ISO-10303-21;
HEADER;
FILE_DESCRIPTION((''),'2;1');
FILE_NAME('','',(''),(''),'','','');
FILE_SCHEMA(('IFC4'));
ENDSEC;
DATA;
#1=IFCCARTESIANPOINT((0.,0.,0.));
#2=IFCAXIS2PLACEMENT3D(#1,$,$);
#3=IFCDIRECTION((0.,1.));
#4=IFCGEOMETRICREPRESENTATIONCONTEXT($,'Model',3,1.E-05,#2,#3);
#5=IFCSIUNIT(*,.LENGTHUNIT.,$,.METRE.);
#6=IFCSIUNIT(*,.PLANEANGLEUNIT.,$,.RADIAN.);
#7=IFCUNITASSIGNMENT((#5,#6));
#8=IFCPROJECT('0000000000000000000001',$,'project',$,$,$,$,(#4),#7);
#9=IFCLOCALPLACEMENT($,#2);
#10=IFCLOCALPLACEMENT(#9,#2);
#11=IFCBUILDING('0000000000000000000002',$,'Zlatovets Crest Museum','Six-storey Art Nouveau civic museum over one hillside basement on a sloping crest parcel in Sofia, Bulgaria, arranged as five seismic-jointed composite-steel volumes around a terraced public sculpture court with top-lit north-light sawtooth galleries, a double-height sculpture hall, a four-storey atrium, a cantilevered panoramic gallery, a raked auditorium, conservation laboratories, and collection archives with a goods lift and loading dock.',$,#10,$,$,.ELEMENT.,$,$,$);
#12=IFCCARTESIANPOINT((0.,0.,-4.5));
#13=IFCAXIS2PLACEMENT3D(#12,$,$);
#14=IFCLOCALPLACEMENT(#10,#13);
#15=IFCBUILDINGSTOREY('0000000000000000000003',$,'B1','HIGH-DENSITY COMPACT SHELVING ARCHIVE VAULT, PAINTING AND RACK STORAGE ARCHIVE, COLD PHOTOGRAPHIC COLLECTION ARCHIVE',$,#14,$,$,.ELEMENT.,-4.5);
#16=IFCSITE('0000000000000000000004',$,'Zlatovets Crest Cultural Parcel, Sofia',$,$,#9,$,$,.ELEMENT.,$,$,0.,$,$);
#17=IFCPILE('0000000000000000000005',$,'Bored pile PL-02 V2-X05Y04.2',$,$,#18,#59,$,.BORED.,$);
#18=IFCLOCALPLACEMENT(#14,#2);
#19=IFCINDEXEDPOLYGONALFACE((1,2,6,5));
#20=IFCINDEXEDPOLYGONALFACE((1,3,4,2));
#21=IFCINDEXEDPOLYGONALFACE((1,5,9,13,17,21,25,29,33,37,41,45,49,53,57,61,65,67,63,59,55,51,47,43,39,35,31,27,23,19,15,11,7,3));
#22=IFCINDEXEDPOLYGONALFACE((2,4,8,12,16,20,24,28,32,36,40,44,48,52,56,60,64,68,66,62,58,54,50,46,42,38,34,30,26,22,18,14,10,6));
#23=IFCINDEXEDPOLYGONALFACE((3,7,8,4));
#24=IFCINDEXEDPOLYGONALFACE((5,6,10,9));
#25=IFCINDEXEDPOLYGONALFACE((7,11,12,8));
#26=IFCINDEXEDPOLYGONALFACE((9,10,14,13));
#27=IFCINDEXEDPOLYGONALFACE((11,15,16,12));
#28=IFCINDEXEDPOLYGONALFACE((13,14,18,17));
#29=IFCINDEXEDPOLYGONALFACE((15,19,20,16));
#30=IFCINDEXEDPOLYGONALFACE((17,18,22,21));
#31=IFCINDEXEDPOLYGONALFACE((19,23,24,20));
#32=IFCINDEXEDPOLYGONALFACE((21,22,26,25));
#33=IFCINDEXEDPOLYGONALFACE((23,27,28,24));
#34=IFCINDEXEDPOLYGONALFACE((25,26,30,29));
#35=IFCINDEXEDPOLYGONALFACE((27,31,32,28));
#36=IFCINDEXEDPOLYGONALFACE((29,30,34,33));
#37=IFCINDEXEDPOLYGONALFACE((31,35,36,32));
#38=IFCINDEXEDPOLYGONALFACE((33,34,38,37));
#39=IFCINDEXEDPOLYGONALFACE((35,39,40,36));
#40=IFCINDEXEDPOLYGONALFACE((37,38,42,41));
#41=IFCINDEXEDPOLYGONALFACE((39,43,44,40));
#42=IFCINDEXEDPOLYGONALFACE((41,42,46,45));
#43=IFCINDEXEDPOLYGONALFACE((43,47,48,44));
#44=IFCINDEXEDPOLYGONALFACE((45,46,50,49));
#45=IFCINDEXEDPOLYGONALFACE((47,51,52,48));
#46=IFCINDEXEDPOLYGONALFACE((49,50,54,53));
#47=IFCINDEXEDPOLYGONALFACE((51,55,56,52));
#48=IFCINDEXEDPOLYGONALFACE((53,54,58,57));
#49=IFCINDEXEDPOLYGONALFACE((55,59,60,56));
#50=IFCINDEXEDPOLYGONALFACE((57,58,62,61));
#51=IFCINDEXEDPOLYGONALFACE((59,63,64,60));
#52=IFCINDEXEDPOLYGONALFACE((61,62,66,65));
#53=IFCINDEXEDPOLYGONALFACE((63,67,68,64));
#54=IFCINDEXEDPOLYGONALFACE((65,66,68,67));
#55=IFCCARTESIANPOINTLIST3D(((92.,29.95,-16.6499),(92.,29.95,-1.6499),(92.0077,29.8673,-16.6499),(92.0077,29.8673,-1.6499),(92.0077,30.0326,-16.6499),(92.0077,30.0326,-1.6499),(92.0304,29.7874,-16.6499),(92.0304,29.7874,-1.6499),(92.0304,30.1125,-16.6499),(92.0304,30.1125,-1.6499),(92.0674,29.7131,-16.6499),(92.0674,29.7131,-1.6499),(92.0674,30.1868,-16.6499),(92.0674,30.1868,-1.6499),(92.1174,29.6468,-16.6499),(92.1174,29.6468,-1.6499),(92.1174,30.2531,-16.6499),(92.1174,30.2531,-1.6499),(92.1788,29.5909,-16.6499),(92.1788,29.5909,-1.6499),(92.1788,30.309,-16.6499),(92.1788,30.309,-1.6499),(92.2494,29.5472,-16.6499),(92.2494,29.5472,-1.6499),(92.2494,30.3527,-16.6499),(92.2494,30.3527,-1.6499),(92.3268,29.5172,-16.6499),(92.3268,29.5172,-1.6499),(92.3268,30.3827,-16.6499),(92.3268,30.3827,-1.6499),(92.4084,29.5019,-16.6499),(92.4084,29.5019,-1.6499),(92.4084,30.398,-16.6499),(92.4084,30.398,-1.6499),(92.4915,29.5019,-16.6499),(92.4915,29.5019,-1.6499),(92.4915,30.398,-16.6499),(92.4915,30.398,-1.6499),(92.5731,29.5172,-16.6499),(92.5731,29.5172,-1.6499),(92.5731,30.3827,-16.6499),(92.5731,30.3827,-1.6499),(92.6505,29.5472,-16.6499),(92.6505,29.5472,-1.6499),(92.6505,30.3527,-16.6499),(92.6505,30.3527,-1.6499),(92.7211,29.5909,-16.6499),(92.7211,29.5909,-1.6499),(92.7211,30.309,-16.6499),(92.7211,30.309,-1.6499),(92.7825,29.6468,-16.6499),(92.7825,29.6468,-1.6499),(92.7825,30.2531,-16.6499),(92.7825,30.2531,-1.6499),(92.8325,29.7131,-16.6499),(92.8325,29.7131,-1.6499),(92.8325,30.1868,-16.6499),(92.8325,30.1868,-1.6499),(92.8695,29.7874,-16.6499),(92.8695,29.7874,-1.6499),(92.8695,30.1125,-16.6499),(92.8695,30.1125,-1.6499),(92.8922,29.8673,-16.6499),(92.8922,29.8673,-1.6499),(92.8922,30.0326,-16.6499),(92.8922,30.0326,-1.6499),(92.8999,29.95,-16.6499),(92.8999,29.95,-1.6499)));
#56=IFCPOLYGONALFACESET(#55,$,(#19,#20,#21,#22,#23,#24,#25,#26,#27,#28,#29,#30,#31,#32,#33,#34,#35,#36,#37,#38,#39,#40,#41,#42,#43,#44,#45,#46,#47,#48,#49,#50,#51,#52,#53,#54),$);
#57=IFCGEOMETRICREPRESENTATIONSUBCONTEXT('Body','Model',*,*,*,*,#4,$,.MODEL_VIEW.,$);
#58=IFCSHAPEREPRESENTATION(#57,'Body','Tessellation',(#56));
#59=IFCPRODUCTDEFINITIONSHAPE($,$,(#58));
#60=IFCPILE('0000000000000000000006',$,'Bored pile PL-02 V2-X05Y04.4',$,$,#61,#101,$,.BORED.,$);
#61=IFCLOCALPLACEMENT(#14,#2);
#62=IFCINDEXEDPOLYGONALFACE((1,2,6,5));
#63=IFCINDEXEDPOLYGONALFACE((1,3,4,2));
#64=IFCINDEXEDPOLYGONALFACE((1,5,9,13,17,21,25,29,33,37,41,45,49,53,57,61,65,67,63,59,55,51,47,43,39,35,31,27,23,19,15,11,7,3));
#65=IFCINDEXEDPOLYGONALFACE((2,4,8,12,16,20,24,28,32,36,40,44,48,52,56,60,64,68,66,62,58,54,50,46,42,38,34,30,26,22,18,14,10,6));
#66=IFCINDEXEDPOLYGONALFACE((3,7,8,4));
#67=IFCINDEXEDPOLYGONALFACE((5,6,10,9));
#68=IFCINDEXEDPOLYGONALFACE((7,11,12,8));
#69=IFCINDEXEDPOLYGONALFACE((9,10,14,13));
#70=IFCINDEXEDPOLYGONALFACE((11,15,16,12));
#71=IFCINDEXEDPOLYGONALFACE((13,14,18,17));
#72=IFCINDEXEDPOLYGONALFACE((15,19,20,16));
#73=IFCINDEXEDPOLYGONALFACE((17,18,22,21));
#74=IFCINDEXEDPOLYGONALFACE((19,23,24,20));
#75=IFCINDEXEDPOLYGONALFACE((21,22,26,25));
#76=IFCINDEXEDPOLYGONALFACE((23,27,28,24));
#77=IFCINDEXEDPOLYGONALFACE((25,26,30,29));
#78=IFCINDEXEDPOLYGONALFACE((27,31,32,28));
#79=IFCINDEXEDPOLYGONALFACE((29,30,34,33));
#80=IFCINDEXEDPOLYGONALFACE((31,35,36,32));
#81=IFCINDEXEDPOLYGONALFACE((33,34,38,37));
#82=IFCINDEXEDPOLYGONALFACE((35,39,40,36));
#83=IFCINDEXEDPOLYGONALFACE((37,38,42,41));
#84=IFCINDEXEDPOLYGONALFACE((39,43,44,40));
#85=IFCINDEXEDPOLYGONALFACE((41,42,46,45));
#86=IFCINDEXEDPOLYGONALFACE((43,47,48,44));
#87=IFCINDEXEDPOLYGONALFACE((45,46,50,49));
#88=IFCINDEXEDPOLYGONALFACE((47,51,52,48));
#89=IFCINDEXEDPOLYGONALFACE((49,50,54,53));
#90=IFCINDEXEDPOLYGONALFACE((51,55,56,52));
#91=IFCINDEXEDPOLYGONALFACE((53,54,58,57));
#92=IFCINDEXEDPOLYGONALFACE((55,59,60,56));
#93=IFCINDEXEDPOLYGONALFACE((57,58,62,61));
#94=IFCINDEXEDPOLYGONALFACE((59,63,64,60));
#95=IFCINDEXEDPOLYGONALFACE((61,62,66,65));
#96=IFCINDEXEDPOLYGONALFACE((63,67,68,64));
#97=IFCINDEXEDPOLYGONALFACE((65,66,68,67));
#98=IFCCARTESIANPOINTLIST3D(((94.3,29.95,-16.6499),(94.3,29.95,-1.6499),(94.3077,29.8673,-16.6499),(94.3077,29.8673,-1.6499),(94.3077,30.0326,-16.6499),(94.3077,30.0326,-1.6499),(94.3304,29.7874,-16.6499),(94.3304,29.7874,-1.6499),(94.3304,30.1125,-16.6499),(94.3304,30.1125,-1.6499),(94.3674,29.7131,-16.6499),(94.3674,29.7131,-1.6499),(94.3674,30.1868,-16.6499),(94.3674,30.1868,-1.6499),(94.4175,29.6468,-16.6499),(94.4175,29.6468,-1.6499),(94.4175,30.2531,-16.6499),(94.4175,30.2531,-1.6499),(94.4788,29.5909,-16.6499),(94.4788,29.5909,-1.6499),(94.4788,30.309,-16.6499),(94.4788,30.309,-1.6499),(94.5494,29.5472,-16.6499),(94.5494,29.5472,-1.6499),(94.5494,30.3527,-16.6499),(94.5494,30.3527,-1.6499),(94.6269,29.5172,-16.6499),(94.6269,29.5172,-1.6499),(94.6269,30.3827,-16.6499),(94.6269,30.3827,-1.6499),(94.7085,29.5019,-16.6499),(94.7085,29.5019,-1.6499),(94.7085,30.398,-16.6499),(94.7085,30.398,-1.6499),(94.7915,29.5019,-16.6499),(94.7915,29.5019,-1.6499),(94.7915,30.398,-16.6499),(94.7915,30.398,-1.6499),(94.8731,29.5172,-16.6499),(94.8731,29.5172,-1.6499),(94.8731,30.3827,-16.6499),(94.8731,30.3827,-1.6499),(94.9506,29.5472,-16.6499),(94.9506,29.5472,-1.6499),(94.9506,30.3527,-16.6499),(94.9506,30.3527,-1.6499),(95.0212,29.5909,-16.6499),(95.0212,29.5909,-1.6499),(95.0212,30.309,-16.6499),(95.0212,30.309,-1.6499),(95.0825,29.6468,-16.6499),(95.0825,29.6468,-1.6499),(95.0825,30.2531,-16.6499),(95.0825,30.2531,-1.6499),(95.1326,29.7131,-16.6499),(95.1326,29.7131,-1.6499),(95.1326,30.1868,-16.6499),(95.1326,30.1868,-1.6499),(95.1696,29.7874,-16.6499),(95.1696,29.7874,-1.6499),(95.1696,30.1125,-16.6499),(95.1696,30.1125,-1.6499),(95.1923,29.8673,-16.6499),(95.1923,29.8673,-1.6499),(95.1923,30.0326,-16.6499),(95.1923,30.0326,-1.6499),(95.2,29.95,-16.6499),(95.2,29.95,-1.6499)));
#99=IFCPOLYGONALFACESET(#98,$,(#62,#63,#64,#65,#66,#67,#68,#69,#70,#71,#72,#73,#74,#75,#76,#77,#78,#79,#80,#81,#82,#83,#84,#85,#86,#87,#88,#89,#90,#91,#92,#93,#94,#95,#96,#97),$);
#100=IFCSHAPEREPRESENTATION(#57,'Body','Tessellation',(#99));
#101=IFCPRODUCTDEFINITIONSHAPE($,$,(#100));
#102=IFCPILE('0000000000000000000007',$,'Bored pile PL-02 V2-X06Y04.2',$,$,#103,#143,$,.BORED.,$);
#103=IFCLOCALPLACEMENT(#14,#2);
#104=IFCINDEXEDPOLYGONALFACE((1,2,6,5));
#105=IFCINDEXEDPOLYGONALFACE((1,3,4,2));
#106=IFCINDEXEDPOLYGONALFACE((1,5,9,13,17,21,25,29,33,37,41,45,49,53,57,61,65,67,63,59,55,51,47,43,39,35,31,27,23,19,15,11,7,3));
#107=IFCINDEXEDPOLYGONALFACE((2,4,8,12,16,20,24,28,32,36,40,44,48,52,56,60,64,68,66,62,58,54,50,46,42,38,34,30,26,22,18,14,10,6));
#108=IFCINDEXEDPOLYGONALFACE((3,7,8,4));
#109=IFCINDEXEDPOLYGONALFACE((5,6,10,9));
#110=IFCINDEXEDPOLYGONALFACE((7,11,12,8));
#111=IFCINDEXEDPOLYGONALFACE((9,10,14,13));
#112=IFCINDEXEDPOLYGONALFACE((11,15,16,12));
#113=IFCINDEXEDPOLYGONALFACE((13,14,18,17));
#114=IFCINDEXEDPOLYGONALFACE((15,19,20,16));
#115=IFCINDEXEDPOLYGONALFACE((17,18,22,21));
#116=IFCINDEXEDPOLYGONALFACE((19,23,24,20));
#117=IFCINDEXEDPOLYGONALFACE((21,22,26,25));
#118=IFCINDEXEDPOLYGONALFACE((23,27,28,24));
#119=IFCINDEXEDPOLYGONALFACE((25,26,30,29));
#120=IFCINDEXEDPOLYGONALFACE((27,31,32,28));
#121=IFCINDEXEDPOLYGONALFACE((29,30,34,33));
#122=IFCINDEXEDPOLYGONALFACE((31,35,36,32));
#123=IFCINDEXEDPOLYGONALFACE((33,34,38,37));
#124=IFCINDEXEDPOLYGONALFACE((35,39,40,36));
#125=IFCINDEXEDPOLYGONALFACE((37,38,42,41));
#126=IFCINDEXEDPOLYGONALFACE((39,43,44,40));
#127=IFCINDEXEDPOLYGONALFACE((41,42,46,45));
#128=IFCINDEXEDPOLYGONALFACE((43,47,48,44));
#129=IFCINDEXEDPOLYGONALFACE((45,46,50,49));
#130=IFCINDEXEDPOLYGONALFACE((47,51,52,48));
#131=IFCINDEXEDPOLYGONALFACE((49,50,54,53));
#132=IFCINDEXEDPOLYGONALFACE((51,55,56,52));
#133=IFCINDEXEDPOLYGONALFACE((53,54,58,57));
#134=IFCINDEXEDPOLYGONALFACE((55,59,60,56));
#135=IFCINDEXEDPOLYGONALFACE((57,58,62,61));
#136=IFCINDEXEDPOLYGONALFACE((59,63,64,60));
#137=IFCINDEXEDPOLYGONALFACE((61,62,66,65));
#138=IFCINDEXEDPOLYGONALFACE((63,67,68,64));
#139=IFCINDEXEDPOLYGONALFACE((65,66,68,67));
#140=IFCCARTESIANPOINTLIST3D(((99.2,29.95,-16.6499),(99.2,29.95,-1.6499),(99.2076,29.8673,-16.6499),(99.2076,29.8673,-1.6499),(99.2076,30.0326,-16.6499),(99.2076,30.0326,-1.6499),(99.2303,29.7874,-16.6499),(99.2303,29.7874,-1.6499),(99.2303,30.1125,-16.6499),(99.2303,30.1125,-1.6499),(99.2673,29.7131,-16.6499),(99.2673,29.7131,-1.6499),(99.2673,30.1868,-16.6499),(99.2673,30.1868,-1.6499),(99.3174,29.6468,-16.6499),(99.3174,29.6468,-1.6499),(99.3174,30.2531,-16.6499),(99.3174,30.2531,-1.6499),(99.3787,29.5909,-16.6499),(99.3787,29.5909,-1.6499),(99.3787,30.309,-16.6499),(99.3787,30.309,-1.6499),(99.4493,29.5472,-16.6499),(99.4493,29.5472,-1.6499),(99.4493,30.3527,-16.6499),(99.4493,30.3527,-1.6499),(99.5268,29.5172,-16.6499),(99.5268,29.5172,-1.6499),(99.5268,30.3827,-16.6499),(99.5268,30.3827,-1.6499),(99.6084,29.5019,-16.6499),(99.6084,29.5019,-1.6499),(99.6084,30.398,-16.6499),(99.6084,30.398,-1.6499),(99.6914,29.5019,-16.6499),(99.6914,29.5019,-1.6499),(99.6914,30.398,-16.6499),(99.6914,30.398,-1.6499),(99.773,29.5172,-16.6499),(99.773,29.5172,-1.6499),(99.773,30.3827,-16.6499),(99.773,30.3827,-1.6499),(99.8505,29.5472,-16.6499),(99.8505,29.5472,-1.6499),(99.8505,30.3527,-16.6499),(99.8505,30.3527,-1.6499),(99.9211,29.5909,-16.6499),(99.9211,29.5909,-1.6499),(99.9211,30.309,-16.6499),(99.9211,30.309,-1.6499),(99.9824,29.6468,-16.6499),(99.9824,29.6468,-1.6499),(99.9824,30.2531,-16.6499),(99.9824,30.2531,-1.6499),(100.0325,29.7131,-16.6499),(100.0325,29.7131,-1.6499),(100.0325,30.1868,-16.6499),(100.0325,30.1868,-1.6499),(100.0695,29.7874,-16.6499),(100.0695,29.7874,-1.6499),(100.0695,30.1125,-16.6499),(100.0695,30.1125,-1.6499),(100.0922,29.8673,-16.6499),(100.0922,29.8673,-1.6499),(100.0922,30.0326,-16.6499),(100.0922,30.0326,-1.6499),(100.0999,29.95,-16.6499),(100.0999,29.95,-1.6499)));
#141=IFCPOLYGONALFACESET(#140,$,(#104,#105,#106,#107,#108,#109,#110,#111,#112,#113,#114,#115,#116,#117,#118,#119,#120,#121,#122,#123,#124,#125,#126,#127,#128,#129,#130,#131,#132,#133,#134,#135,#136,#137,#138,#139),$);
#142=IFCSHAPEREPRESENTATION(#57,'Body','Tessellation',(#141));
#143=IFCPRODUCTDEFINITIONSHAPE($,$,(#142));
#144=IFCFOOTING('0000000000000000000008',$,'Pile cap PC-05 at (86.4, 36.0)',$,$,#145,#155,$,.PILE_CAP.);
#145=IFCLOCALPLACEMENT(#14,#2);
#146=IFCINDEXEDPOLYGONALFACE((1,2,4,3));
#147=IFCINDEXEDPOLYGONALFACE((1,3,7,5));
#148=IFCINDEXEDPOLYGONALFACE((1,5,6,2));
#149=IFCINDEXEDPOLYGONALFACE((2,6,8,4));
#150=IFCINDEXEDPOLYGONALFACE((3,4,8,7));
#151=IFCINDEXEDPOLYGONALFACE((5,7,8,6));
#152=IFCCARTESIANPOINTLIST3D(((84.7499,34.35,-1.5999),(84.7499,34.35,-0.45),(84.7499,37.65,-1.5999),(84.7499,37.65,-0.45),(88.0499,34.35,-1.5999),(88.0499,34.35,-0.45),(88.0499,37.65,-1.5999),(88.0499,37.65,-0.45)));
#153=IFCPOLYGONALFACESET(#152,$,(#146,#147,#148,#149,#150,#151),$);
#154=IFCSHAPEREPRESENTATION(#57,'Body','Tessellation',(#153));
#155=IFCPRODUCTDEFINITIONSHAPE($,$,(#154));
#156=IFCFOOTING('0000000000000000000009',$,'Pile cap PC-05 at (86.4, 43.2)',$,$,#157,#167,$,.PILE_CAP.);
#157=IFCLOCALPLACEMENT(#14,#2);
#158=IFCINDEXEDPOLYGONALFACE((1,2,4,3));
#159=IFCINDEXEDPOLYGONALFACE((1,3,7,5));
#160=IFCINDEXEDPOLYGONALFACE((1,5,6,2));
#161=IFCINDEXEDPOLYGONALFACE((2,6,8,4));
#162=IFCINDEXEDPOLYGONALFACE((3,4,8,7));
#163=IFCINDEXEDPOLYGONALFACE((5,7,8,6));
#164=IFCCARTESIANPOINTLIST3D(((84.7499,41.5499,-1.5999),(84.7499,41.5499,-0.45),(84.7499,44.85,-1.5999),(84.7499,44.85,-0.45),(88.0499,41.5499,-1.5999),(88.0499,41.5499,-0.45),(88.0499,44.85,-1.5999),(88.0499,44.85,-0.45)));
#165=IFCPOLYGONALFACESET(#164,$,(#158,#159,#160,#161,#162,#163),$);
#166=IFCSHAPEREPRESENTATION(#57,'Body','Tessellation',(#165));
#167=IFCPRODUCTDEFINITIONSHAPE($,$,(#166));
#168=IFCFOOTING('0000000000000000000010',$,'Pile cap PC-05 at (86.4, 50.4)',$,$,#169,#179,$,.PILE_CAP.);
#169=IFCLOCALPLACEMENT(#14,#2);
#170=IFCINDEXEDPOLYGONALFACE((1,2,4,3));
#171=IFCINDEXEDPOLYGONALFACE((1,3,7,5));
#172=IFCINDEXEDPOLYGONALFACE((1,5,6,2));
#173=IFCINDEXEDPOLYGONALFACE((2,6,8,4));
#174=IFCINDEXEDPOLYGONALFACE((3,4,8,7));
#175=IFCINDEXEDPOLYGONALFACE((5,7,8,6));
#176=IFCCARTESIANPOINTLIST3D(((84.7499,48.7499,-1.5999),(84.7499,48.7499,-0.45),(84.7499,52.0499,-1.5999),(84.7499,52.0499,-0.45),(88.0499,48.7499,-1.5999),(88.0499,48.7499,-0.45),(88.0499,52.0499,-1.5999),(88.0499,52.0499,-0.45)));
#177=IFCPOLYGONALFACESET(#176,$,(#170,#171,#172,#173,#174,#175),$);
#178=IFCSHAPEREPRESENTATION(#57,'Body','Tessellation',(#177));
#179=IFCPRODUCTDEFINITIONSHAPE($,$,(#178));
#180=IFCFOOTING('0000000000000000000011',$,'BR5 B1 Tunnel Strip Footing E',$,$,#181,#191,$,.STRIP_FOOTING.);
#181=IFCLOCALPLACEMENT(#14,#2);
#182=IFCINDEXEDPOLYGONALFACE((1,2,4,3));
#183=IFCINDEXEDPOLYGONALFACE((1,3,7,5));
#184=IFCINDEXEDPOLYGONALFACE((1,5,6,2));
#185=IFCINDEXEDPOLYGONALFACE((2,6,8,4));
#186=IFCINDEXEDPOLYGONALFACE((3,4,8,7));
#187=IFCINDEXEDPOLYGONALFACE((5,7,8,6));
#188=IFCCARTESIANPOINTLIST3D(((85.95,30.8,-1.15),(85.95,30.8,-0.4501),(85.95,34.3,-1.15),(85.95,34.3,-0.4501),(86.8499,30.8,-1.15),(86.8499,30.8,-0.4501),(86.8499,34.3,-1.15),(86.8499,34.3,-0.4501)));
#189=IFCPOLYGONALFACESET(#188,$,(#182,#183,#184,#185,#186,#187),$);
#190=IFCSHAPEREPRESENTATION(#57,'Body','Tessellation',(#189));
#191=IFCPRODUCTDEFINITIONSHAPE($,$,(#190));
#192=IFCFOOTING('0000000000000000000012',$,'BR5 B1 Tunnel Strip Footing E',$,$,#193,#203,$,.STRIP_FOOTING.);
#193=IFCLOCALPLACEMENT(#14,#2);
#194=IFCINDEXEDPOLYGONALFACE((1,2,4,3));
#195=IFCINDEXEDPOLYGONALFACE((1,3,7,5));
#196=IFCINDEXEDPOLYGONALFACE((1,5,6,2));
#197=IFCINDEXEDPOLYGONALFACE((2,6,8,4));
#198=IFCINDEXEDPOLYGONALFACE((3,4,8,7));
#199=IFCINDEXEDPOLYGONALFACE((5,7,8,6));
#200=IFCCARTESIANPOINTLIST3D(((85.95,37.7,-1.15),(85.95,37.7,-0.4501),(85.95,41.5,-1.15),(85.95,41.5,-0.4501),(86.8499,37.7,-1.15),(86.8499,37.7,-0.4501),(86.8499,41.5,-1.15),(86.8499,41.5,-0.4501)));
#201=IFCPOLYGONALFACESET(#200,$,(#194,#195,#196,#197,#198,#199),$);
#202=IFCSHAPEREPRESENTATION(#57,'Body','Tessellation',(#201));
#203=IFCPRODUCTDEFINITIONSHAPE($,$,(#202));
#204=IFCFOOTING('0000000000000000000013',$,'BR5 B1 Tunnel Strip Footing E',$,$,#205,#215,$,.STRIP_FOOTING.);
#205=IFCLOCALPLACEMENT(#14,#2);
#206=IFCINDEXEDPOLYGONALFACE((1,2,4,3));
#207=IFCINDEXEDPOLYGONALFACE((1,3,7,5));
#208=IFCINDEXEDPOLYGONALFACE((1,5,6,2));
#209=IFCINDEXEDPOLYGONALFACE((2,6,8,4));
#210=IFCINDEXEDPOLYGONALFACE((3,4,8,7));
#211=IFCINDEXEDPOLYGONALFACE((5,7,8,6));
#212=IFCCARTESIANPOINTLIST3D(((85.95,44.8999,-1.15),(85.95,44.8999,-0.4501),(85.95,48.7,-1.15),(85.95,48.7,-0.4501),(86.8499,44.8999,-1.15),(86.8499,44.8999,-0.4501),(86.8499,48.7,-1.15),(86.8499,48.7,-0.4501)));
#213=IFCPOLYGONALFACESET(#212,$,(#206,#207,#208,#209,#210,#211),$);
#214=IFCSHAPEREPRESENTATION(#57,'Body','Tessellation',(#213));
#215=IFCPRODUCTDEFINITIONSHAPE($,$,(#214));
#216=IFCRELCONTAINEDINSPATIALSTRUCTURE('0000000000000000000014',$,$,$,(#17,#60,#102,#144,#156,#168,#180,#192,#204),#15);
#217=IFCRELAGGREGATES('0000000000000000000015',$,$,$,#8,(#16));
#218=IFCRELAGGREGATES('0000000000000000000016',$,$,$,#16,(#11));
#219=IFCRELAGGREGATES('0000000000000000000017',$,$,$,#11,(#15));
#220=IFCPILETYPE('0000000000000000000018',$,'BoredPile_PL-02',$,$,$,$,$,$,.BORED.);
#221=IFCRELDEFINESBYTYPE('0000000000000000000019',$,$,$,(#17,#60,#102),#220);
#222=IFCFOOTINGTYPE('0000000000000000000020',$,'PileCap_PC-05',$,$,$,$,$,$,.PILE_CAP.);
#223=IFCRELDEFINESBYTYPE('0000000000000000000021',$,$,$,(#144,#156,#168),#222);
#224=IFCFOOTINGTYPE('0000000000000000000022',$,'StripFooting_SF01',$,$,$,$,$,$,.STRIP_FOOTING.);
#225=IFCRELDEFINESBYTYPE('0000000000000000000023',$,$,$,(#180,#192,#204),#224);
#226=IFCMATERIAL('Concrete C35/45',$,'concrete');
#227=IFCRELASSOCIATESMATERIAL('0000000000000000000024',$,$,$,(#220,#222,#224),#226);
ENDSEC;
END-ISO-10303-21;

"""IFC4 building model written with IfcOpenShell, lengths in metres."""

from ifc_helpers import new_model, si_unit, direction, frame, origin, origin_2d, place, context, subcontext, project, spatial, rectangle, circle, extrude, material, material_profile, profile_set, type_object, element, save


model = new_model("IFC4")

# Units and contexts
model_context = context("Model", 3, precision=1e-05, world=origin(), true_north=direction((0.0, 1.0)))
body_context = subcontext(model_context, "Body", "Model", "MODEL_VIEW")
ifc_project = project(units=[si_unit("LENGTHUNIT", "METRE"), si_unit("PLANEANGLEUNIT", "RADIAN")], contexts=[model_context])

# Site, building, storey
site_placement = place(None, origin())
site = spatial("IfcSite", under=ifc_project, at=site_placement, Name="Zlatovets Crest Cultural Parcel, Sofia", CompositionType="ELEMENT", RefElevation=0.0)
building_placement = place(site_placement, origin())
building = spatial("IfcBuilding", under=site, at=building_placement, Name="Zlatovets Crest Museum", Description="Six-storey Art Nouveau civic museum over one hillside basement on a sloping crest parcel in Sofia, Bulgaria, arranged as five seismic-jointed composite-steel volumes around a terraced public sculpture court with top-lit north-light sawtooth galleries, a double-height sculpture hall, a four-storey atrium, a cantilevered panoramic gallery, a raked auditorium, conservation laboratories, and collection archives with a goods lift and loading dock.", CompositionType="ELEMENT")
storey_placement = place(building_placement, frame((0.0, 0.0, -4.5)))
storey = spatial("IfcBuildingStorey", under=building, at=storey_placement, Name="B1", Description="HIGH-DENSITY COMPACT SHELVING ARCHIVE VAULT, PAINTING AND RACK STORAGE ARCHIVE, COLD PHOTOGRAPHIC COLLECTION ARCHIVE", CompositionType="ELEMENT", Elevation=-4.5)

# Piles
ifc_material_1 = material(Name="Concrete C35/45", Category="concrete")
ifc_material_profile_1 = material_profile(ifc_material_1, circle(Radius=0.45, at=origin_2d()), Name="PILE D900")
ifc_profile_set_1 = profile_set([ifc_material_profile_1], Name="Concrete C35/45")
pile_type_1 = type_object("IfcPileType", Name="BoredPile_PL-02", PredefinedType="BORED", material=ifc_profile_set_1)
for number, where, z_axis, x_axis, name in (
    (1, (92.45, 29.95, -1.6499), (0.0, 0.0, -1.0), (1.0, 0.0, 0.0), "Bored pile PL-02 V2-X05Y04.2"),
    (2, (94.75, 29.95, -1.6499), (0.0, 0.0, -1.0), (1.0, 0.0, 0.0), "Bored pile PL-02 V2-X05Y04.4"),
    (3, (99.6499, 29.95, -1.6499), (0.0, 0.0, -1.0), (1.0, 0.0, 0.0), "Bored pile PL-02 V2-X06Y04.2"),
):
    element("IfcPile", number, at=place(storey_placement, frame(where, z_axis=z_axis, x_axis=x_axis)), inside=storey, type_object=pile_type_1, Name=name, PredefinedType="BORED", context=body_context, shape_type="SweptSolid", body=[
        extrude(circle(Radius=0.45, at=origin_2d()), origin(), (0.0, 0.0, 1.0), 15.0),
    ])

# Footings
footing_type_1 = type_object("IfcFootingType", Name="PileCap_PC-05", PredefinedType="PILE_CAP", material=ifc_material_1)
for number, where, z_axis, x_axis, name in (
    (4, (86.3999, 36.0, -1.5999), (0.0, 0.0, 1.0), (1.0, 0.0, 0.0), "Pile cap PC-05 at (86.4, 36.0)"),
    (5, (86.3999, 43.2, -1.5999), (0.0, 0.0, 1.0), (1.0, 0.0, 0.0), "Pile cap PC-05 at (86.4, 43.2)"),
    (6, (86.3999, 50.3999, -1.5999), (0.0, 0.0, 1.0), (1.0, 0.0, 0.0), "Pile cap PC-05 at (86.4, 50.4)"),
):
    element("IfcFooting", number, at=place(storey_placement, frame(where, z_axis=z_axis, x_axis=x_axis)), inside=storey, type_object=footing_type_1, Name=name, PredefinedType="PILE_CAP", context=body_context, shape_type="SweptSolid", body=[
        extrude(rectangle(XDim=3.3, YDim=3.3, at=origin_2d()), origin(), (0.0, 0.0, 1.0), 1.1499),
    ])
ifc_material_profile_2 = material_profile(ifc_material_1, rectangle(XDim=0.8999, YDim=0.7, at=origin_2d()), Name="RC 900x700")
ifc_profile_set_2 = profile_set([ifc_material_profile_2], Name="Concrete C35/45")
footing_type_2 = type_object("IfcFootingType", Name="StripFooting_SF01", PredefinedType="STRIP_FOOTING", material=ifc_profile_set_2)
footing_1_placement = place(storey_placement, frame((86.3999, 30.8, -0.8), z_axis=(0.0, 1.0, 0.0), x_axis=(-1.0, 0.0, 0.0)))
element("IfcFooting", 7, at=footing_1_placement, inside=storey, type_object=footing_type_2, Name="BR5 B1 Tunnel Strip Footing E", PredefinedType="STRIP_FOOTING", context=body_context, shape_type="SweptSolid", body=[
    extrude(rectangle(XDim=0.8999, YDim=0.7, at=origin_2d()), origin(), (0.0, 0.0, 1.0), 3.5),
])
for number, where, z_axis, x_axis, name in (
    (8, (86.3999, 37.7, -0.8), (0.0, 1.0, 0.0), (-1.0, 0.0, 0.0), "BR5 B1 Tunnel Strip Footing E"),
    (9, (86.3999, 44.8999, -0.8), (0.0, 1.0, 0.0), (-1.0, 0.0, 0.0), "BR5 B1 Tunnel Strip Footing E"),
):
    element("IfcFooting", number, at=place(storey_placement, frame(where, z_axis=z_axis, x_axis=x_axis)), inside=storey, type_object=footing_type_2, Name=name, PredefinedType="STRIP_FOOTING", context=body_context, shape_type="SweptSolid", body=[
        extrude(rectangle(XDim=0.8999, YDim=0.7, at=origin_2d()), origin(), (0.0, 0.0, 1.0), 3.8),
    ])

save(model, "model.ifc")
